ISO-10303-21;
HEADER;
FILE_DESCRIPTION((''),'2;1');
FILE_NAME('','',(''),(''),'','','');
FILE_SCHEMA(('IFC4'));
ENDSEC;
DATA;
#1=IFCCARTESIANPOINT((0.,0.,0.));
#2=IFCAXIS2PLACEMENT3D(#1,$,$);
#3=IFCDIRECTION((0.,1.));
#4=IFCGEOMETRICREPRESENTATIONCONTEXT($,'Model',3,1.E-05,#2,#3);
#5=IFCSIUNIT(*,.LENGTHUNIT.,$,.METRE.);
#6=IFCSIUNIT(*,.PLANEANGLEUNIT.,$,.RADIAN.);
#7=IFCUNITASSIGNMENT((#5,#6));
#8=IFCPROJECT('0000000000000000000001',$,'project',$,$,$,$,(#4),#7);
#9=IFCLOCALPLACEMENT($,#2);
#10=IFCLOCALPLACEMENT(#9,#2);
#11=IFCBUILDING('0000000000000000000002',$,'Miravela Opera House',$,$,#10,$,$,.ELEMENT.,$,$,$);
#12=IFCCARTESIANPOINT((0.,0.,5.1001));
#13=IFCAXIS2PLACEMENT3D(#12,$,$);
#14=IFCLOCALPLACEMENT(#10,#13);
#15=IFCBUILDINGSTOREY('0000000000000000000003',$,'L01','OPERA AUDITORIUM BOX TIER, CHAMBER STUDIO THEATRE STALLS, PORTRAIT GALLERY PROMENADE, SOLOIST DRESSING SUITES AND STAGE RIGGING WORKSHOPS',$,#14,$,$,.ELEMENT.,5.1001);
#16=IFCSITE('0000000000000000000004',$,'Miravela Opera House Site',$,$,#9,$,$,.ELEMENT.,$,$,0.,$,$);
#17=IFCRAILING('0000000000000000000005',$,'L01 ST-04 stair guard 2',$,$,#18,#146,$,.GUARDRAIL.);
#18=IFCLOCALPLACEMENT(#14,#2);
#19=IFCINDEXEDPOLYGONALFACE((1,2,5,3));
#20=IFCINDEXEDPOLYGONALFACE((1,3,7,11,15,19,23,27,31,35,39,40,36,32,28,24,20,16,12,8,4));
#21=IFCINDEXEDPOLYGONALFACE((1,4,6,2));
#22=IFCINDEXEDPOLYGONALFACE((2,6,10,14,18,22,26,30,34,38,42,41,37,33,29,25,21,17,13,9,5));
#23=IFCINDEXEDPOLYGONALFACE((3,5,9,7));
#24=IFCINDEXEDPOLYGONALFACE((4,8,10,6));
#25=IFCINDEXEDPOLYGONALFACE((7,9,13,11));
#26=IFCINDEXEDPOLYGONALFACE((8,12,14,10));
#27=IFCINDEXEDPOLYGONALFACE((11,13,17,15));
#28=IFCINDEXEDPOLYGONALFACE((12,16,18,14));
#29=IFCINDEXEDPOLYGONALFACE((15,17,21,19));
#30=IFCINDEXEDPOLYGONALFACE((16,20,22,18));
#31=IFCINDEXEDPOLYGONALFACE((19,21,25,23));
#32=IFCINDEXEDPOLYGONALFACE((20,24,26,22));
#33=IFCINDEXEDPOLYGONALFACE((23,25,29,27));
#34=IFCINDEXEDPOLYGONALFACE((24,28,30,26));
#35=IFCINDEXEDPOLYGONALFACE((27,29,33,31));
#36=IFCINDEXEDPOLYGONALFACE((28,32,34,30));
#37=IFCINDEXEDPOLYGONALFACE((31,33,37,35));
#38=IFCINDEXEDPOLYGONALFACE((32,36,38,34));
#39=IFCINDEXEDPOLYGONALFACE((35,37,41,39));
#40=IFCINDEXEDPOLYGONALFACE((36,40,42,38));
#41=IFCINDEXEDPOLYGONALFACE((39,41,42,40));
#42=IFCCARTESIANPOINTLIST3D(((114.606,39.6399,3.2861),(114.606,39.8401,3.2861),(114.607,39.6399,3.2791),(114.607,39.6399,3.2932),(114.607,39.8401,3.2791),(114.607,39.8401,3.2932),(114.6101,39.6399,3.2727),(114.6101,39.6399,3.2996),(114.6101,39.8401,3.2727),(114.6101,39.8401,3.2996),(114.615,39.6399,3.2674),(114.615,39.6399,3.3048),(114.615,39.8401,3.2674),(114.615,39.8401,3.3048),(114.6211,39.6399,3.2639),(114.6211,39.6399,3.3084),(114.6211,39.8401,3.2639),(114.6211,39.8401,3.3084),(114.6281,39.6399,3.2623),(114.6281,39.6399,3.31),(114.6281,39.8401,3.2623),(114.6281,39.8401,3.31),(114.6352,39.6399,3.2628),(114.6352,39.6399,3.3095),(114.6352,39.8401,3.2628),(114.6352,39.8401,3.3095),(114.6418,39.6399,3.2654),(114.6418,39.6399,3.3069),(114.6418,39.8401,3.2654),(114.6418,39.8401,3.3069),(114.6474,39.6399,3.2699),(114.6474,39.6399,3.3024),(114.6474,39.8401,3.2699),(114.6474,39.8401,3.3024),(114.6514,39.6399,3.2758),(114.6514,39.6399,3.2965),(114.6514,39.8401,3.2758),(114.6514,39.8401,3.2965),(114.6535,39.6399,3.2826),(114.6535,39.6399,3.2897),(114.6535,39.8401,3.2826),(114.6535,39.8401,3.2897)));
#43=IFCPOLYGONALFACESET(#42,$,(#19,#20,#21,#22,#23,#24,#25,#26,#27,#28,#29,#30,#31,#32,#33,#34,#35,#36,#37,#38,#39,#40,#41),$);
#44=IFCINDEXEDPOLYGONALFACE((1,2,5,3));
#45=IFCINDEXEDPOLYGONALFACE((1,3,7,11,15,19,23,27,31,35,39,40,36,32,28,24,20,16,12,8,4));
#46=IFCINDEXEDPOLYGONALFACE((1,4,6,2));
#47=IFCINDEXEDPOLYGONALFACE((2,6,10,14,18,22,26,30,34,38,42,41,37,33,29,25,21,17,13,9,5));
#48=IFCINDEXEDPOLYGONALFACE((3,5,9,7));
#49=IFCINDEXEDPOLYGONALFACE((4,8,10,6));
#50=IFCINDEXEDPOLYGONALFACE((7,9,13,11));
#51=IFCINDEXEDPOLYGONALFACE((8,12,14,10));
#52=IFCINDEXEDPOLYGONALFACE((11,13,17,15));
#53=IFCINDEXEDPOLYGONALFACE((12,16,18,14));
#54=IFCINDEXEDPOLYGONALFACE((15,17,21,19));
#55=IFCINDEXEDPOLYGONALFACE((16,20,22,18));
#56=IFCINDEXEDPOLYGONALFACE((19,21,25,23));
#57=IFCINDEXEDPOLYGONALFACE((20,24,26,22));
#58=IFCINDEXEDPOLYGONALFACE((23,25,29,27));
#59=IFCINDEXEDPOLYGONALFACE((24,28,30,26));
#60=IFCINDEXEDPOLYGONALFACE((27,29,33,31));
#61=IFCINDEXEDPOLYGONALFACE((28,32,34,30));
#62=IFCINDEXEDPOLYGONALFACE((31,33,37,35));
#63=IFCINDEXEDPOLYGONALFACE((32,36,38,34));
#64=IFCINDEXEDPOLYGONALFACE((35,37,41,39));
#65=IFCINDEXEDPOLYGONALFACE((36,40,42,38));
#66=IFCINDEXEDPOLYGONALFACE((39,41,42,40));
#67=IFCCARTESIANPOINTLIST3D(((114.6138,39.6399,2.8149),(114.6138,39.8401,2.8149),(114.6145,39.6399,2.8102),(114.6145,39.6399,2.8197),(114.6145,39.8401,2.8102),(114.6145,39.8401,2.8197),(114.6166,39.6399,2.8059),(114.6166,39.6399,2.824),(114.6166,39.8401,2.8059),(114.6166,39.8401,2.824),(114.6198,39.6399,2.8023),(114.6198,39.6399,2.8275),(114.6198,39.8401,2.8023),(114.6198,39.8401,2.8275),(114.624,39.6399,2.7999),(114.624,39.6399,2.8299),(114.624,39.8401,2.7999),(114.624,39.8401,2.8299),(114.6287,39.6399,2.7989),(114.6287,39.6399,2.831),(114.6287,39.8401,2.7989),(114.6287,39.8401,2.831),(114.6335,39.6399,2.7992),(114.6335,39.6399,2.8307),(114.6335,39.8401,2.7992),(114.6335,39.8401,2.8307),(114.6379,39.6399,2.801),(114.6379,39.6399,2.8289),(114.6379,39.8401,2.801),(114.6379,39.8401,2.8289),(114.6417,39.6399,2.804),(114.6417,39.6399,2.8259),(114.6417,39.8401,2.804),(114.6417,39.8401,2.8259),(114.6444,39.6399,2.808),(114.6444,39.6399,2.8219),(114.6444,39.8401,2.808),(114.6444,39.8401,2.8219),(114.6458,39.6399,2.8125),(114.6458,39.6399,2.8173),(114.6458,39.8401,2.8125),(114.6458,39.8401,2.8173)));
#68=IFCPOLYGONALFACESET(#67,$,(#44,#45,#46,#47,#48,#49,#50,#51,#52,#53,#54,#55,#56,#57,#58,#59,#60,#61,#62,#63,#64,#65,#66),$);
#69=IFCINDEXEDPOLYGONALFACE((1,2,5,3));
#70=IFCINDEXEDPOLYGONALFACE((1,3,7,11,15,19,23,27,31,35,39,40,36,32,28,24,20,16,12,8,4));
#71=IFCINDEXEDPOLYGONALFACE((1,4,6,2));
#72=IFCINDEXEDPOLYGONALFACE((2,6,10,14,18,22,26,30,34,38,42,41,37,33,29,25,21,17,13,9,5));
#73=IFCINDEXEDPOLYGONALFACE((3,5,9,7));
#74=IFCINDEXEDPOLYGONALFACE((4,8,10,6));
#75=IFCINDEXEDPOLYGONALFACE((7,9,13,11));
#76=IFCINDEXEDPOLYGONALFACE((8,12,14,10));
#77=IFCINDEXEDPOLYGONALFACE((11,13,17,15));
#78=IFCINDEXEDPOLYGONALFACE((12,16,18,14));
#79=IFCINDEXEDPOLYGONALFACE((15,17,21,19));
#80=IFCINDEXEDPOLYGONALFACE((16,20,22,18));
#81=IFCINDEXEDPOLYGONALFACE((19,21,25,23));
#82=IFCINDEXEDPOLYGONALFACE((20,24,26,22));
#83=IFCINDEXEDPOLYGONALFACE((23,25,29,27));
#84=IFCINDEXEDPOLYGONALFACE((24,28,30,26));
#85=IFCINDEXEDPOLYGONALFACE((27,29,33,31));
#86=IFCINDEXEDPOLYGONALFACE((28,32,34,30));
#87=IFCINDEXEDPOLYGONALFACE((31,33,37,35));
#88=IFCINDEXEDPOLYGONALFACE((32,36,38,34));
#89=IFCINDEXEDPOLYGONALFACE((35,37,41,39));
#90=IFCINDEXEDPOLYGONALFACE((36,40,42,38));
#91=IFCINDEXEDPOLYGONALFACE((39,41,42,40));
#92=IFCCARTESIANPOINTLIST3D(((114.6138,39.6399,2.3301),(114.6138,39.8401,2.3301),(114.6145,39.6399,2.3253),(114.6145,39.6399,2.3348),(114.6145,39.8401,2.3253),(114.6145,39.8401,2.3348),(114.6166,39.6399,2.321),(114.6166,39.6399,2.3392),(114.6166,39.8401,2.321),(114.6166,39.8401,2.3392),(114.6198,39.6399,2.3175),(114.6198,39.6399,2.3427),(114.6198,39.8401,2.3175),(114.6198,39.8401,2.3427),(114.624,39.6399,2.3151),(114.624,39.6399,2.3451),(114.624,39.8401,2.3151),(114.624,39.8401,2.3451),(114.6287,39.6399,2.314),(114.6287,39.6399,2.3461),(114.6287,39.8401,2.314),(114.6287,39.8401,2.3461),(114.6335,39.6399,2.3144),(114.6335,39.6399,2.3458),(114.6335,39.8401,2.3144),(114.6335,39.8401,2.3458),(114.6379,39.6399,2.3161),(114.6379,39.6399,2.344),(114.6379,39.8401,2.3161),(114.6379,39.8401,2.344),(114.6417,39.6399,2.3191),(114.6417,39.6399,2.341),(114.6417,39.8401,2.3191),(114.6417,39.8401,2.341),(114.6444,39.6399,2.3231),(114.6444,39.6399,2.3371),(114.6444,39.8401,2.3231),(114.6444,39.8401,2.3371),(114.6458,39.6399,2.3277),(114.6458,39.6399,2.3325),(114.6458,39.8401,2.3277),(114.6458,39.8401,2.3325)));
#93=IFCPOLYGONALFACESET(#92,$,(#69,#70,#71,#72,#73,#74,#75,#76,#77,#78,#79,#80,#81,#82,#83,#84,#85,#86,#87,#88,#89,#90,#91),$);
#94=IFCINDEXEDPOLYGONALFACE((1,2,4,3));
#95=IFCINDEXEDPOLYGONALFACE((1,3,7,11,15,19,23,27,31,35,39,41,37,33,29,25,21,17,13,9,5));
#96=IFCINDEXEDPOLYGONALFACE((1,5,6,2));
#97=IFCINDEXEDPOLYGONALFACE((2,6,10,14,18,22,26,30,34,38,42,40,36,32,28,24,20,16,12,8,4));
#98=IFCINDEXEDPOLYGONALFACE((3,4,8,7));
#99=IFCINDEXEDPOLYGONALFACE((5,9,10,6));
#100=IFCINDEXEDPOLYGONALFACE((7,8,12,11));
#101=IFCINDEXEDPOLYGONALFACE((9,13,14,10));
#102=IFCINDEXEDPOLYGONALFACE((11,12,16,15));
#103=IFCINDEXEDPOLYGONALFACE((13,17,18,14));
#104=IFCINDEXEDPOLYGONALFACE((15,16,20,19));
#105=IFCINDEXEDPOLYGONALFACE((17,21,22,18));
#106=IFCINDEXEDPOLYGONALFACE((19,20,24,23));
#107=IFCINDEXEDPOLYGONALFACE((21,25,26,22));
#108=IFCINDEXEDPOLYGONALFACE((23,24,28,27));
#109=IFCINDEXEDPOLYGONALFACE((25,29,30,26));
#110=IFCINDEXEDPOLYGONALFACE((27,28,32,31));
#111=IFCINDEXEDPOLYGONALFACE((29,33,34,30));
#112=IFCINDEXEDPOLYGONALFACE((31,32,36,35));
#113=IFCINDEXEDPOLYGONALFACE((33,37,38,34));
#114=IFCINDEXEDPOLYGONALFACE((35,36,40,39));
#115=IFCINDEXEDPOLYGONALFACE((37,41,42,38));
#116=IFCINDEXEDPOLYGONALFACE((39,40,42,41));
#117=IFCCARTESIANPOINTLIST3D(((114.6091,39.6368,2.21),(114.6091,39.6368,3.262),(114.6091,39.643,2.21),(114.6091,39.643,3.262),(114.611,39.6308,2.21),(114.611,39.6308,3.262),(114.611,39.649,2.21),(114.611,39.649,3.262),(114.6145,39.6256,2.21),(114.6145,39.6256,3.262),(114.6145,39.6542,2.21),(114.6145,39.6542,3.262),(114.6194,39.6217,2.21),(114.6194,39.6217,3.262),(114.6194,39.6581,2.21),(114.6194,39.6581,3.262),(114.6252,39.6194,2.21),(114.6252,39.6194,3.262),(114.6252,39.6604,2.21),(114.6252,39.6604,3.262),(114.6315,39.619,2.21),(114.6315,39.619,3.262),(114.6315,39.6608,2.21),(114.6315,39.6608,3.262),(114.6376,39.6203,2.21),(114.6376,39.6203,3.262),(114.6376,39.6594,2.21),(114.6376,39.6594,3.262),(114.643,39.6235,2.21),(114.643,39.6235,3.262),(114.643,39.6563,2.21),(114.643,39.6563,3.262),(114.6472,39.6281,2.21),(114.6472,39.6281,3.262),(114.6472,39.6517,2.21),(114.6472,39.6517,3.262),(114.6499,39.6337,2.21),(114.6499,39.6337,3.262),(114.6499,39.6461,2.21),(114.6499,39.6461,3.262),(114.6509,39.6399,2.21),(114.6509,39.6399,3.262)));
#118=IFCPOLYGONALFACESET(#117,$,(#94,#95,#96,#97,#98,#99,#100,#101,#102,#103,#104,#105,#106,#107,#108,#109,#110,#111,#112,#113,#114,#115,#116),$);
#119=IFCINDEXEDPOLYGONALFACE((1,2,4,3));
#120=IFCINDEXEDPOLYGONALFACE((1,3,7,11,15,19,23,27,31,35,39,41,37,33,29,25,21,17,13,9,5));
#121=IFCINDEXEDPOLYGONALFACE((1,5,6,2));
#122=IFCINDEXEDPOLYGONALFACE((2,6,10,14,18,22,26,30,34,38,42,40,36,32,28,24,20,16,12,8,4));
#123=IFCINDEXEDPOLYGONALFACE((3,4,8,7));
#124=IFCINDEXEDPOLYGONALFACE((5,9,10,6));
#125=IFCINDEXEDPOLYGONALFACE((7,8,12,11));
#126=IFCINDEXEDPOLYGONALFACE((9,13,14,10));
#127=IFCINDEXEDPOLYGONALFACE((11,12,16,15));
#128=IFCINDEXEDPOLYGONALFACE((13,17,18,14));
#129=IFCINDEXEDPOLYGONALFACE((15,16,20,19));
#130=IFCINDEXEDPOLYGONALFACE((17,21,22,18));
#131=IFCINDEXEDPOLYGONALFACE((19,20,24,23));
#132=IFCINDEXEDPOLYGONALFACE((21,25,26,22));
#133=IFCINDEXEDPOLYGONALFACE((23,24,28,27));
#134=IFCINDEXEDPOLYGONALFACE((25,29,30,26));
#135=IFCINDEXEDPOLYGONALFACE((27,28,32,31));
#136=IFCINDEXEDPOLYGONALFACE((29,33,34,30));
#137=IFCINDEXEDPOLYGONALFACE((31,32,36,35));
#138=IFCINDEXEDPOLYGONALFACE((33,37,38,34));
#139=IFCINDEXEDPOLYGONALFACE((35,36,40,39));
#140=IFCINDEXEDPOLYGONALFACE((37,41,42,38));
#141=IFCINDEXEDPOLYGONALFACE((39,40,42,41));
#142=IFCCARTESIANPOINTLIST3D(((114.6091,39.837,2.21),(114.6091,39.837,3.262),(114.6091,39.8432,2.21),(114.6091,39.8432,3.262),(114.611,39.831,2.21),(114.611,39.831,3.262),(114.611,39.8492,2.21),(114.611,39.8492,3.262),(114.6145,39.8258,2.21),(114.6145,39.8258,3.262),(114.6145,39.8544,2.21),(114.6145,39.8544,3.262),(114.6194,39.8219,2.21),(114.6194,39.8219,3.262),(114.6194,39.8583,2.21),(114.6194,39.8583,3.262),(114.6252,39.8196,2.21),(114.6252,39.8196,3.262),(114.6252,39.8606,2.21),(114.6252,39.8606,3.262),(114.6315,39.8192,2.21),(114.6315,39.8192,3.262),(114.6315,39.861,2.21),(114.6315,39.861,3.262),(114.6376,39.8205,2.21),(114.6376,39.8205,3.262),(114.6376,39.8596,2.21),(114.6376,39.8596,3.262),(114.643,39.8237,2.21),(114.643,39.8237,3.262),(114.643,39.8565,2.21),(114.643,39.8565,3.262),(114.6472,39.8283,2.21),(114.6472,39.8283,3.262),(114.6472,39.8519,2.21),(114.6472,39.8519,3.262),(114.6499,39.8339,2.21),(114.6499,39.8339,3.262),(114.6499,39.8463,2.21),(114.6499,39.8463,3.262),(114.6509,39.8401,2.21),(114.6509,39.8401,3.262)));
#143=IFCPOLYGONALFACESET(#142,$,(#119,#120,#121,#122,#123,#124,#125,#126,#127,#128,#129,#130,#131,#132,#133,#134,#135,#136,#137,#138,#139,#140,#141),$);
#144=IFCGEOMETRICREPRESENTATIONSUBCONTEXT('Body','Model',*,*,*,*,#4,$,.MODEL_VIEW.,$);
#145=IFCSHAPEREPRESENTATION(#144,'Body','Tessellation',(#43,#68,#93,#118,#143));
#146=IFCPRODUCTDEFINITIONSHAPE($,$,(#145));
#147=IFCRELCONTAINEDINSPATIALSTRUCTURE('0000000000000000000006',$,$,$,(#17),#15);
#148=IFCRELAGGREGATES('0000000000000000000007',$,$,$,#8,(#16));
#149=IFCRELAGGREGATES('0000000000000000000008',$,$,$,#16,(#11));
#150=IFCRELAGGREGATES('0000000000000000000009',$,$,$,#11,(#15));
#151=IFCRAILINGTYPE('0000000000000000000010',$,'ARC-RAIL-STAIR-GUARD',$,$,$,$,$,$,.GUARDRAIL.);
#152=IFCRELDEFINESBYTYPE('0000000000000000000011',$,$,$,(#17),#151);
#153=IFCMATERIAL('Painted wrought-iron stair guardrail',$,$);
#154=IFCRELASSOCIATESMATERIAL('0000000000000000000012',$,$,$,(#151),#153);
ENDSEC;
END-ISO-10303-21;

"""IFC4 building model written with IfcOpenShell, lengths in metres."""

from ifc_helpers import new_model, si_unit, direction, frame, origin, origin_2d, place, context, subcontext, project, spatial, circle, extrude, material, type_object, element, save


model = new_model("IFC4")

# Units and contexts
model_context = context("Model", 3, precision=1e-05, world=origin(), true_north=direction((0.0, 1.0)))
body_context = subcontext(model_context, "Body", "Model", "MODEL_VIEW")
ifc_project = project(units=[si_unit("LENGTHUNIT", "METRE"), si_unit("PLANEANGLEUNIT", "RADIAN")], contexts=[model_context])

# Site, building, storey
site_placement = place(None, origin())
site = spatial("IfcSite", under=ifc_project, at=site_placement, Name="Miravela Opera House Site", CompositionType="ELEMENT", RefElevation=0.0)
building_placement = place(site_placement, origin())
building = spatial("IfcBuilding", under=site, at=building_placement, Name="Miravela Opera House", CompositionType="ELEMENT")
storey_placement = place(building_placement, frame((0.0, 0.0, 5.1001)))
storey = spatial("IfcBuildingStorey", under=building, at=storey_placement, Name="L01", Description="OPERA AUDITORIUM BOX TIER, CHAMBER STUDIO THEATRE STALLS, PORTRAIT GALLERY PROMENADE, SOLOIST DRESSING SUITES AND STAGE RIGGING WORKSHOPS", CompositionType="ELEMENT", Elevation=5.1001)

# Railing
ifc_material_1 = material(Name="Painted wrought-iron stair guardrail")
railing_type_1 = type_object("IfcRailingType", Name="ARC-RAIL-STAIR-GUARD", PredefinedType="GUARDRAIL", material=ifc_material_1)
railing_1_placement = place(storey_placement, frame((114.6299, 39.6399, 2.21)))
element("IfcRailing", 1, at=railing_1_placement, inside=storey, type_object=railing_type_1, Name="L01 ST-04 stair guard 2", PredefinedType="GUARDRAIL", context=body_context, shape_type="SweptSolid", body=[
    extrude(circle(Radius=0.0239, at=origin_2d()), frame((0.0, 0.0, 1.0762), z_axis=(0.0, 1.0, 0.0), x_axis=(-1.0, 0.0, 0.0)), (0.0, 0.0, 1.0), 0.2002),
    extrude(circle(Radius=0.0161, at=origin_2d()), frame((0.0, 0.0, 0.605), z_axis=(0.0, 1.0, 0.0), x_axis=(-1.0, 0.0, 0.0)), (0.0, 0.0, 1.0), 0.2002),
    extrude(circle(Radius=0.0161, at=origin_2d()), frame((0.0, 0.0, 0.1201), z_axis=(0.0, 1.0, 0.0), x_axis=(-1.0, 0.0, 0.0)), (0.0, 0.0, 1.0), 0.2002),
    extrude(circle(Radius=0.021, at=origin_2d()), origin(), (0.0, 0.0, 1.0), 1.052),
    extrude(circle(Radius=0.021, at=origin_2d()), frame((0.0, 0.2002, 0.0)), (0.0, 0.0, 1.0), 1.052),
])

save(model, "model.ifc")
